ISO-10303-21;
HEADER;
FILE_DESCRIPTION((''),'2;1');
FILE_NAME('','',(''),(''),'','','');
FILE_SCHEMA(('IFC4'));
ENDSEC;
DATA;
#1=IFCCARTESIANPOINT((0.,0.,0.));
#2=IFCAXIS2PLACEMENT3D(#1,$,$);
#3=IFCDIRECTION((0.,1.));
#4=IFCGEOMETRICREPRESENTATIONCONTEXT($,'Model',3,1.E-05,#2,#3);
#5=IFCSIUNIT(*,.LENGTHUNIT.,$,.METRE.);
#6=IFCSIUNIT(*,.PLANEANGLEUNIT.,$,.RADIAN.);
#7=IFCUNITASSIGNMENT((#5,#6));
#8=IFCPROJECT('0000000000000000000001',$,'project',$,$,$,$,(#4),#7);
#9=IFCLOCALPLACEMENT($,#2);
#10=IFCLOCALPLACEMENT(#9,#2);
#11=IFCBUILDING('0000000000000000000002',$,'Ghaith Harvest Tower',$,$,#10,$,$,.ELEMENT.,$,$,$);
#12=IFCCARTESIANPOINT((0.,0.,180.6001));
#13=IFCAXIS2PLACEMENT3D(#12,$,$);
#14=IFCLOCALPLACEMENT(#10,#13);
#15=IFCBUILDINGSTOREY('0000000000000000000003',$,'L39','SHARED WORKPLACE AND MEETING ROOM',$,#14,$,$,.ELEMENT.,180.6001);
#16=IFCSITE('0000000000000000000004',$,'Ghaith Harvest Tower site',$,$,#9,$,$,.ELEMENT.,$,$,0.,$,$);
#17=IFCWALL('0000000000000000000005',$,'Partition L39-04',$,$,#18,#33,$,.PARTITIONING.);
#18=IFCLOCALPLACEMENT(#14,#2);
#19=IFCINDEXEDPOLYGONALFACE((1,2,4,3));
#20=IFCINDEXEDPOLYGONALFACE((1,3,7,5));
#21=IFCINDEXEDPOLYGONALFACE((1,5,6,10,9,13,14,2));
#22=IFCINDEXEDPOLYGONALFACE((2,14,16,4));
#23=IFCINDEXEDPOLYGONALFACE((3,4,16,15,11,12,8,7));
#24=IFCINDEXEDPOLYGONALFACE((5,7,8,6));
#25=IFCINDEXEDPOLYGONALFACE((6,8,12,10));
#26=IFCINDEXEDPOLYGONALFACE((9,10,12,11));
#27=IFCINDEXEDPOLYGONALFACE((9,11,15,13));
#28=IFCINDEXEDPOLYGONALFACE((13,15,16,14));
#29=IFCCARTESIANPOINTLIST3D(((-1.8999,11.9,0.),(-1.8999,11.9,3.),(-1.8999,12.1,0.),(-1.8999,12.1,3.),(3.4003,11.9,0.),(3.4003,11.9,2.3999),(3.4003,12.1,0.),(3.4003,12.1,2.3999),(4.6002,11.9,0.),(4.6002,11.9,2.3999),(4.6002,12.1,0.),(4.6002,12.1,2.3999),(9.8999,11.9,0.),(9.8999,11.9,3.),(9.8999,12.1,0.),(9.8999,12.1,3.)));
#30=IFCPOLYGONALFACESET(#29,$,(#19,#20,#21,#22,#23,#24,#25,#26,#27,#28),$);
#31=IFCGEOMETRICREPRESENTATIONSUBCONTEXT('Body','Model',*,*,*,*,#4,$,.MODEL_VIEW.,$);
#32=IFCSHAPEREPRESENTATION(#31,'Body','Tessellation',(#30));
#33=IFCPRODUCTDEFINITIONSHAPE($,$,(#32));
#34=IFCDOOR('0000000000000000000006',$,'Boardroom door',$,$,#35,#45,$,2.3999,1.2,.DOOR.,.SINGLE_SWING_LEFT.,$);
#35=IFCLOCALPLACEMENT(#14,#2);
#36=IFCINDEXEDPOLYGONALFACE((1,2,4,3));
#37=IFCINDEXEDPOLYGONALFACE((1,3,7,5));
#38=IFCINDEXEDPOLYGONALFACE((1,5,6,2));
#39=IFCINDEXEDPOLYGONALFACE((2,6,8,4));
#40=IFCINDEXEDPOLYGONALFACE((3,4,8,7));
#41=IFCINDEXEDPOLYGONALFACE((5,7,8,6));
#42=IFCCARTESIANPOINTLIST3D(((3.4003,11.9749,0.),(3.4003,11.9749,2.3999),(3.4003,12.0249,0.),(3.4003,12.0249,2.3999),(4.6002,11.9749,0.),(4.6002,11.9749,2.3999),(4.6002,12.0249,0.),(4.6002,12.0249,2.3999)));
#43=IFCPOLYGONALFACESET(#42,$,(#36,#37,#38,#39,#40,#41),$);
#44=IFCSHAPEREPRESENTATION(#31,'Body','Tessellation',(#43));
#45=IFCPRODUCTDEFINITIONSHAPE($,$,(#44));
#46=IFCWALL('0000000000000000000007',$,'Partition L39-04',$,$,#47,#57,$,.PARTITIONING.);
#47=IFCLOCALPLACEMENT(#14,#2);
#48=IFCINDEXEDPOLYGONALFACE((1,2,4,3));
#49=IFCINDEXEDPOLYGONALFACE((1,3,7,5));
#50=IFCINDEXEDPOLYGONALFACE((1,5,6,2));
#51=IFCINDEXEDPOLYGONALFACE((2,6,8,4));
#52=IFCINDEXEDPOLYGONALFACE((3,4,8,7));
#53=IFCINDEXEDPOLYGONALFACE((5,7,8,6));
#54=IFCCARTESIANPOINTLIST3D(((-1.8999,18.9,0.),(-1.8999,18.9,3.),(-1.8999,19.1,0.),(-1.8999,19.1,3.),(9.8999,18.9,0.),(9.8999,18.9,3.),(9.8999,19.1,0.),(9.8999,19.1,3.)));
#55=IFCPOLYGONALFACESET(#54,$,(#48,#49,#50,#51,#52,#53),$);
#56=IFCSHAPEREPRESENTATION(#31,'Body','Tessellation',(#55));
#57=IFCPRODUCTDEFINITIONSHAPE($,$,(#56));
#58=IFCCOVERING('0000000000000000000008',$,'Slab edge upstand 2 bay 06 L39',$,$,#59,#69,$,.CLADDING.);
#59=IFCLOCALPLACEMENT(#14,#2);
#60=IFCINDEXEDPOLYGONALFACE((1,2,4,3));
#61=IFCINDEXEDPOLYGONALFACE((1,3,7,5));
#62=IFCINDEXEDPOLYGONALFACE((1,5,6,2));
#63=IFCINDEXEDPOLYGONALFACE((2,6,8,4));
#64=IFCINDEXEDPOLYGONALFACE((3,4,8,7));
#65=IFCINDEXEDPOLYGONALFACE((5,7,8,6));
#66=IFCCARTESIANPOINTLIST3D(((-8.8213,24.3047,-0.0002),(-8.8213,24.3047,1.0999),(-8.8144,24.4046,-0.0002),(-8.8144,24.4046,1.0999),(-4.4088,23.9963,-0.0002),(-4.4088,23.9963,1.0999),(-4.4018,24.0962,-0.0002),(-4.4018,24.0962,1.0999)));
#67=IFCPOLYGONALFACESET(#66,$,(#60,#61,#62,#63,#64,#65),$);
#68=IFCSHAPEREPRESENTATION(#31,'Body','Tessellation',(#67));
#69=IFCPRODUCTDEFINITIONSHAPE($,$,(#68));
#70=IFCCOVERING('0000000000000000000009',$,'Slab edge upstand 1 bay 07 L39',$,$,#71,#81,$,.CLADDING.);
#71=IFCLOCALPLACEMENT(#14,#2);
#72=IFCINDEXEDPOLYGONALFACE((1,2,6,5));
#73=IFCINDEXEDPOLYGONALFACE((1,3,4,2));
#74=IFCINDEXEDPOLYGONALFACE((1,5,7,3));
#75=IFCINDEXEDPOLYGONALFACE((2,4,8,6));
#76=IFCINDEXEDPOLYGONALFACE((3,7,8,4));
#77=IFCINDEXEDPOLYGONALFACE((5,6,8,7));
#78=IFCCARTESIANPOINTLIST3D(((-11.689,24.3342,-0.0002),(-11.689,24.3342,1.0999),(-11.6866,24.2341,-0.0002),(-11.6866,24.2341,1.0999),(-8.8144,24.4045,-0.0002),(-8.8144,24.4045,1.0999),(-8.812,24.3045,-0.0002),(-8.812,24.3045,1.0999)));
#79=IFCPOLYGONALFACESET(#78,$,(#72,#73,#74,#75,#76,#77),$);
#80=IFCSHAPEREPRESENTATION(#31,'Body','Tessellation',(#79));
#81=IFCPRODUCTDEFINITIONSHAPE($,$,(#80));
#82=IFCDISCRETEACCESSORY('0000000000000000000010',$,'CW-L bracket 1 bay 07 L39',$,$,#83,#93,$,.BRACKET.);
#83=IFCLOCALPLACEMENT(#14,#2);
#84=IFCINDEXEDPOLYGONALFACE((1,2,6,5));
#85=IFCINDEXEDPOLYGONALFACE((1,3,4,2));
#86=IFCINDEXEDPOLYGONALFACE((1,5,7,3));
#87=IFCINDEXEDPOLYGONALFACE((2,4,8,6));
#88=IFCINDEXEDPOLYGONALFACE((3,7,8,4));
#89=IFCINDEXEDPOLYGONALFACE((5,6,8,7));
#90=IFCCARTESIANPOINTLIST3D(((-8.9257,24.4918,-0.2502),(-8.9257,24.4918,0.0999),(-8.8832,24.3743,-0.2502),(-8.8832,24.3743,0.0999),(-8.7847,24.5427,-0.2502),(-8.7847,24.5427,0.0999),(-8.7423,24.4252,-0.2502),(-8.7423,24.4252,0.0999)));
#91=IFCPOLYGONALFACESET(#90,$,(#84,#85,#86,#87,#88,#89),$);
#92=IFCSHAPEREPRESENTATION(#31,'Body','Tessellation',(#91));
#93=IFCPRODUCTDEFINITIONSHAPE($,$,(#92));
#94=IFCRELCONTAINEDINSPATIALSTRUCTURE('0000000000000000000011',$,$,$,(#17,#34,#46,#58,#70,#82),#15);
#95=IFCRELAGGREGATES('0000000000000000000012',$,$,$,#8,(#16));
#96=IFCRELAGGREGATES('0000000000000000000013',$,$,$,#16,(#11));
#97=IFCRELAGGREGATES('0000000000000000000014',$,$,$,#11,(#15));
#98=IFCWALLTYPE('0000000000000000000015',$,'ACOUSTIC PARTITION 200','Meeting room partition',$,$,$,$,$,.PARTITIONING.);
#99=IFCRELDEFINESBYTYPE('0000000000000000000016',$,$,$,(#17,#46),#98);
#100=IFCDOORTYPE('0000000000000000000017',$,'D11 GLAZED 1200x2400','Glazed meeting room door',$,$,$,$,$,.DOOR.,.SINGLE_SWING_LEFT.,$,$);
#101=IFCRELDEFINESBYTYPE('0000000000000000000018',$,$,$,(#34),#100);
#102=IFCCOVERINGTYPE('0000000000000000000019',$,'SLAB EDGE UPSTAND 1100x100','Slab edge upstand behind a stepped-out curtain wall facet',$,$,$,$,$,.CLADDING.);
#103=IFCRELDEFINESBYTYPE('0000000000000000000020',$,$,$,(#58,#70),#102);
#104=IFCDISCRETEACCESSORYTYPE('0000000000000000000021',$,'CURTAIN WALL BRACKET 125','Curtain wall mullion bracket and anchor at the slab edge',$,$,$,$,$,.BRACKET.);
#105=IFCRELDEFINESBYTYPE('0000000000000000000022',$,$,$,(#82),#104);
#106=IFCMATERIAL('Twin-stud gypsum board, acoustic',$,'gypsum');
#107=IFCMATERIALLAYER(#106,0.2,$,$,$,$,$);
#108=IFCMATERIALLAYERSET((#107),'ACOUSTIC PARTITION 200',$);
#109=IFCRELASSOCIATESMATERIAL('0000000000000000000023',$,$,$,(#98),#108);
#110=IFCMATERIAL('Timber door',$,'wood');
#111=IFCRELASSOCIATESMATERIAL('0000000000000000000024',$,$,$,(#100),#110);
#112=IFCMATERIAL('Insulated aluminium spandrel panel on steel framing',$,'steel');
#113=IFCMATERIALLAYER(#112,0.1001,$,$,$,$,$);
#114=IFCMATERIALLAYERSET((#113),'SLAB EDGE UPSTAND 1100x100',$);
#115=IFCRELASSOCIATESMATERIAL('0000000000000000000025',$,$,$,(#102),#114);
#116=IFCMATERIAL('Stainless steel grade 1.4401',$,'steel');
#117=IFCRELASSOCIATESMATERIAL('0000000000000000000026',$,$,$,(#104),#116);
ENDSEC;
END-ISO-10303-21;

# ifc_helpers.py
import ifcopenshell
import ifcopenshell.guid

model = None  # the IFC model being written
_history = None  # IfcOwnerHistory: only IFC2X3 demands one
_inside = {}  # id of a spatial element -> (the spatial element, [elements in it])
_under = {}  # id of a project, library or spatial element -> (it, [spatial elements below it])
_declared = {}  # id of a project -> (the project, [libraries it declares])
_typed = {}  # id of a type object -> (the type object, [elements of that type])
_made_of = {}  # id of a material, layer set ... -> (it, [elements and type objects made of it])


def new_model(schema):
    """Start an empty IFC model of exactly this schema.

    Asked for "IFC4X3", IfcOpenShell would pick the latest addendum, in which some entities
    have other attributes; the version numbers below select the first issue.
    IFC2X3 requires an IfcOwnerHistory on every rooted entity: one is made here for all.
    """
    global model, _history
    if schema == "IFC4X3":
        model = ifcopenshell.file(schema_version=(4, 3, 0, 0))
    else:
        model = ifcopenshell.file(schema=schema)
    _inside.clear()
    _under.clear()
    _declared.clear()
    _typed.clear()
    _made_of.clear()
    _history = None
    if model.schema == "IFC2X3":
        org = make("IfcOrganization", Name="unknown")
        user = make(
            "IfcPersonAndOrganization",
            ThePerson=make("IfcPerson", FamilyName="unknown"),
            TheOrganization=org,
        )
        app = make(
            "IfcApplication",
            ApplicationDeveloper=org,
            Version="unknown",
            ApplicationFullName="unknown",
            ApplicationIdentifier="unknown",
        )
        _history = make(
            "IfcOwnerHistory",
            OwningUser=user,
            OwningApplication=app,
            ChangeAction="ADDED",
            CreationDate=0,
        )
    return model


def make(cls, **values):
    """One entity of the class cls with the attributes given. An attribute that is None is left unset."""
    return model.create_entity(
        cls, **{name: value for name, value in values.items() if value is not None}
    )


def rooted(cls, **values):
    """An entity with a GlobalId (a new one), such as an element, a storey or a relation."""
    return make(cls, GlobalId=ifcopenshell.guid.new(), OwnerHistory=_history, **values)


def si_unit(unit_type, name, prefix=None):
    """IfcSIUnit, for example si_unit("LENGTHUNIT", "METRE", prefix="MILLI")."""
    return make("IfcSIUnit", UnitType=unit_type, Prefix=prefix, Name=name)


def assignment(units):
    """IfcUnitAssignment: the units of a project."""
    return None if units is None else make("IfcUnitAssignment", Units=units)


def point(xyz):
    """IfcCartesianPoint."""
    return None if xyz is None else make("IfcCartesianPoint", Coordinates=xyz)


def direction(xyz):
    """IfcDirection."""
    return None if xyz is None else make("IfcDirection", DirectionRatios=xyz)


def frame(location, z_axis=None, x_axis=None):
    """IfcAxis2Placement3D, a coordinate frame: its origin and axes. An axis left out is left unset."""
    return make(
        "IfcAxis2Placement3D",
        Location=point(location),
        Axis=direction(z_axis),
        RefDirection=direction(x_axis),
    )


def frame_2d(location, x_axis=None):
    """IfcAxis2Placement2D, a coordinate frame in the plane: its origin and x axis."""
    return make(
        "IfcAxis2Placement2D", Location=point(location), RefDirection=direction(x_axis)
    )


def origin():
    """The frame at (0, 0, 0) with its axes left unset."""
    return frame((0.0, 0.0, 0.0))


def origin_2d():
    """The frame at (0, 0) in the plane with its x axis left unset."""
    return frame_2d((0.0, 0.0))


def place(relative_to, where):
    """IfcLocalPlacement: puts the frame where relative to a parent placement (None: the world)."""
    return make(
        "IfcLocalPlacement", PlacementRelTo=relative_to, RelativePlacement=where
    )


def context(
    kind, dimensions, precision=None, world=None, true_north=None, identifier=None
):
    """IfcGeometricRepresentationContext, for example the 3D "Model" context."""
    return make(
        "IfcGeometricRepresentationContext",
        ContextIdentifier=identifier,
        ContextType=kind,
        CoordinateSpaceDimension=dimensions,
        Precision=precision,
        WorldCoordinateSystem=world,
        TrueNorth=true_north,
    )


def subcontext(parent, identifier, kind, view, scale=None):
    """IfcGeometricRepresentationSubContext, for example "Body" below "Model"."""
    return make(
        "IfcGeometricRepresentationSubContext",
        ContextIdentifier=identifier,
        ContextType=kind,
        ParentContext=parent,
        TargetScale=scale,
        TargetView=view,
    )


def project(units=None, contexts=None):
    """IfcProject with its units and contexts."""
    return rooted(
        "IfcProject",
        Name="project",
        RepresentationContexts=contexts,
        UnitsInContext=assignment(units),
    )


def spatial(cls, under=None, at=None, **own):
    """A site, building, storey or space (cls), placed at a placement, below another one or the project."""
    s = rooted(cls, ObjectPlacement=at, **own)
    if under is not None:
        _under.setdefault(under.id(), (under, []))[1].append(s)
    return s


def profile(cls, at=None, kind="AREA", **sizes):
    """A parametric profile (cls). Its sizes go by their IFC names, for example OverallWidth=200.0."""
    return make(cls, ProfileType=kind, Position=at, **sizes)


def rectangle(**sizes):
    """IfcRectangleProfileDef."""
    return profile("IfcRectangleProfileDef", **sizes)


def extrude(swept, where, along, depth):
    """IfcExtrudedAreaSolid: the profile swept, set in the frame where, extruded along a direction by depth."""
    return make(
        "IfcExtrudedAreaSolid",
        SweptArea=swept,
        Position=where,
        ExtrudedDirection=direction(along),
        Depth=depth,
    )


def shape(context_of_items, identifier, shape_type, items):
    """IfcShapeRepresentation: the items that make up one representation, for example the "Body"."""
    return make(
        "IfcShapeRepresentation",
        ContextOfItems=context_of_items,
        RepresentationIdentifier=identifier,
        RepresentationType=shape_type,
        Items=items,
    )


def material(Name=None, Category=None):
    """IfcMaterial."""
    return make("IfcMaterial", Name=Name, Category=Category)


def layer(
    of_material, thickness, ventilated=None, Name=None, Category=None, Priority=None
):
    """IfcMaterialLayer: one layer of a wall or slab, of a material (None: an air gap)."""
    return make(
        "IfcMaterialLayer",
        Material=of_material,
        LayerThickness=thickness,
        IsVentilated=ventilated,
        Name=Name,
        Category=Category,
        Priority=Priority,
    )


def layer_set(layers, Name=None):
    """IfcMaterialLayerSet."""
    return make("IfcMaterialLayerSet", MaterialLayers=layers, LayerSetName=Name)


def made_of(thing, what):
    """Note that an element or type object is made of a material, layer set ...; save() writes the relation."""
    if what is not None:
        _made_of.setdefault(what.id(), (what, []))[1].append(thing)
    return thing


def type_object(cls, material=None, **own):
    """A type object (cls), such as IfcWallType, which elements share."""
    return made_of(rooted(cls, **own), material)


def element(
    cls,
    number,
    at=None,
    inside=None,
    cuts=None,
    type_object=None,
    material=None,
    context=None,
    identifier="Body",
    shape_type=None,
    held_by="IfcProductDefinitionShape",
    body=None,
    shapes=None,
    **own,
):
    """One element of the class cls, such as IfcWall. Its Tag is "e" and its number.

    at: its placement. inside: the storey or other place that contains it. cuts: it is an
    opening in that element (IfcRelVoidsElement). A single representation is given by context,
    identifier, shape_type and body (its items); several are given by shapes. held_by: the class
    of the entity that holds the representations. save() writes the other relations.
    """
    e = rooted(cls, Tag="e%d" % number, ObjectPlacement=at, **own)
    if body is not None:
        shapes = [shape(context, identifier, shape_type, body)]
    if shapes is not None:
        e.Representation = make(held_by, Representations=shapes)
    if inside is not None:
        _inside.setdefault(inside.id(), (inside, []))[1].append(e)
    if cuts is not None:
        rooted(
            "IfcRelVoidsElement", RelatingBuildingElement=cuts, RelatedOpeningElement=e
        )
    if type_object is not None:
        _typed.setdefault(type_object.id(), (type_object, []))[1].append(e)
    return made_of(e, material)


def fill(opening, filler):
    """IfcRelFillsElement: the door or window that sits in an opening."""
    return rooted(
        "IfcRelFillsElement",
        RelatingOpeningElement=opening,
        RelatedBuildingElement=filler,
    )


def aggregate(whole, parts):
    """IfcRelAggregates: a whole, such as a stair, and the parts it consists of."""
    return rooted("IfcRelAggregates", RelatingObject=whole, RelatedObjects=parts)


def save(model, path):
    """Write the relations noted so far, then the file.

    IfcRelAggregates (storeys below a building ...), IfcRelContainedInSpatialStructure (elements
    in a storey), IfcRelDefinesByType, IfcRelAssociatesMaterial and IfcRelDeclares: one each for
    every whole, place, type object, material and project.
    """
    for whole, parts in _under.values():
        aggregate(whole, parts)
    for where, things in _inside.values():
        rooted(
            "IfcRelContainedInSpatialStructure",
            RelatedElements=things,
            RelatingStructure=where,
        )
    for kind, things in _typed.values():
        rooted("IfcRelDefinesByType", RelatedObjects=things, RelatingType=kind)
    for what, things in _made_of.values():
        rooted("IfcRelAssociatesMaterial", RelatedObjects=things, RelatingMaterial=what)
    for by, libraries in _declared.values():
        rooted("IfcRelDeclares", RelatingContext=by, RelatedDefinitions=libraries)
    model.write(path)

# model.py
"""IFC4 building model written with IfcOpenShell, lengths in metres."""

from ifc_helpers import new_model, si_unit, direction, frame, frame_2d, origin, origin_2d, place, context, subcontext, project, spatial, rectangle, extrude, material, layer, layer_set, type_object, element, fill, save


model = new_model("IFC4")

# Units and contexts
model_context = context("Model", 3, precision=1e-05, world=origin(), true_north=direction((0.0, 1.0)))
body_context = subcontext(model_context, "Body", "Model", "MODEL_VIEW")
ifc_project = project(units=[si_unit("LENGTHUNIT", "METRE"), si_unit("PLANEANGLEUNIT", "RADIAN")], contexts=[model_context])

# Site, building, storey
site_placement = place(None, origin())
site = spatial("IfcSite", under=ifc_project, at=site_placement, Name="Ghaith Harvest Tower site", CompositionType="ELEMENT", RefElevation=0.0)
building_placement = place(site_placement, origin())
building = spatial("IfcBuilding", under=site, at=building_placement, Name="Ghaith Harvest Tower", CompositionType="ELEMENT")
storey_placement = place(building_placement, frame((0.0, 0.0, 180.6001)))
storey = spatial("IfcBuildingStorey", under=building, at=storey_placement, Name="L39", Description="SHARED WORKPLACE AND MEETING ROOM", CompositionType="ELEMENT", Elevation=180.6001)

# Shared definitions
ifc_material_1 = material(Name="Twin-stud gypsum board, acoustic", Category="gypsum")
ifc_layer_1 = layer(ifc_material_1, 0.2)
ifc_layer_set_1 = layer_set([ifc_layer_1], Name="ACOUSTIC PARTITION 200")
wall_type = type_object("IfcWallType", Name="ACOUSTIC PARTITION 200", Description="Meeting room partition", PredefinedType="PARTITIONING", material=ifc_layer_set_1)

# Shared definitions
ifc_material_2 = material(Name="Timber door", Category="wood")
door_type = type_object("IfcDoorType", Name="D11 GLAZED 1200x2400", Description="Glazed meeting room door", OperationType="SINGLE_SWING_LEFT", PredefinedType="DOOR", material=ifc_material_2)

# Wall, opening, door
wall_1_placement = place(storey_placement, frame((-1.8999, 12.0, 0.0), z_axis=(0.0, 0.0, 1.0), x_axis=(1.0, 0.0, 0.0)))
wall_1 = element("IfcWall", 1, at=wall_1_placement, inside=storey, type_object=wall_type, Name="Partition L39-04", PredefinedType="PARTITIONING", context=body_context, shape_type="SweptSolid", body=[
    extrude(rectangle(XDim=11.7998, YDim=0.2, at=frame_2d((5.8999, 0.0))), origin(), (0.0, 0.0, 1.0), 3.0),
])
opening_1_placement = place(wall_1_placement, frame((5.3, 0.0, 0.0)))
opening_1 = element("IfcOpeningElement", 2, at=opening_1_placement, cuts=wall_1, PredefinedType="OPENING", context=body_context, shape_type="SweptSolid", body=[
    extrude(rectangle(XDim=1.2, YDim=2.3999, at=frame_2d((0.6001, 1.2))), frame((0.0, 0.1099, 0.0), z_axis=(0.0, -1.0, 0.0), x_axis=(1.0, 0.0, 0.0)), (0.0, 0.0, 1.0), 0.22),
])
door_1_placement = place(opening_1_placement, origin())
door_1 = element("IfcDoor", 3, at=door_1_placement, inside=storey, type_object=door_type, Name="Boardroom door", OperationType="SINGLE_SWING_LEFT", OverallHeight=2.3999, OverallWidth=1.2, PredefinedType="DOOR", context=body_context, shape_type="SweptSolid", body=[
    extrude(rectangle(XDim=1.2, YDim=2.3999, at=frame_2d((0.6001, 1.2))), frame((0.0, 0.0249, 0.0), z_axis=(0.0, -1.0, 0.0), x_axis=(1.0, 0.0, 0.0)), (0.0, 0.0, 1.0), 0.05),
])
fill(opening_1, door_1)

# Wall
wall_2_placement = place(storey_placement, frame((-1.8999, 19.0, 0.0), z_axis=(0.0, 0.0, 1.0), x_axis=(1.0, 0.0, 0.0)))
element("IfcWall", 4, at=wall_2_placement, inside=storey, type_object=wall_type, Name="Partition L39-04", PredefinedType="PARTITIONING", context=body_context, shape_type="SweptSolid", body=[
    extrude(rectangle(XDim=11.7998, YDim=0.2, at=frame_2d((5.8999, 0.0))), origin(), (0.0, 0.0, 1.0), 3.0),
])

# Coverings
ifc_material_3 = material(Name="Insulated aluminium spandrel panel on steel framing", Category="steel")
ifc_layer_2 = layer(ifc_material_3, 0.1001)
ifc_layer_set_2 = layer_set([ifc_layer_2], Name="SLAB EDGE UPSTAND 1100x100")
covering_type = type_object("IfcCoveringType", Name="SLAB EDGE UPSTAND 1100x100", Description="Slab edge upstand behind a stepped-out curtain wall facet", PredefinedType="CLADDING", material=ifc_layer_set_2)
covering_1_placement = place(storey_placement, frame((-6.6116, 24.2004, -0.0002), z_axis=(0.0, 0.0, 1.0), x_axis=(-0.997566, 0.069726, 0.0)))
element("IfcCovering", 5, at=covering_1_placement, inside=storey, type_object=covering_type, Name="Slab edge upstand 2 bay 06 L39", PredefinedType="CLADDING", context=body_context, shape_type="SweptSolid", body=[
    extrude(rectangle(XDim=4.4233, YDim=0.1001, at=origin_2d()), origin(), (0.0, 0.0, 1.0), 1.1001),
])
covering_2_placement = place(storey_placement, frame((-10.2505, 24.3193, -0.0002), z_axis=(0.0, 0.0, 1.0), x_axis=(-0.999701, -0.024458, 0.0)))
element("IfcCovering", 6, at=covering_2_placement, inside=storey, type_object=covering_type, Name="Slab edge upstand 1 bay 07 L39", PredefinedType="CLADDING", context=body_context, shape_type="SweptSolid", body=[
    extrude(rectangle(XDim=2.8755, YDim=0.1001, at=origin_2d()), origin(), (0.0, 0.0, 1.0), 1.1001),
])

# Discrete accessory
ifc_material_4 = material(Name="Stainless steel grade 1.4401", Category="steel")
discrete_accessory_type = type_object("IfcDiscreteAccessoryType", Name="CURTAIN WALL BRACKET 125", Description="Curtain wall mullion bracket and anchor at the slab edge", PredefinedType="BRACKET", material=ifc_material_4)
discrete_accessory_placement = place(storey_placement, frame((-8.834, 24.4585, -0.2502), z_axis=(0.0, 0.0, 1.0), x_axis=(-0.339699, 0.940534, 0.0)))
element("IfcDiscreteAccessory", 7, at=discrete_accessory_placement, inside=storey, type_object=discrete_accessory_type, Name="CW-L bracket 1 bay 07 L39", PredefinedType="BRACKET", context=body_context, shape_type="SweptSolid", body=[
    extrude(rectangle(XDim=0.125, YDim=0.1499, at=origin_2d()), origin(), (0.0, 0.0, 1.0), 0.3501),
])

save(model, "model.ifc")
